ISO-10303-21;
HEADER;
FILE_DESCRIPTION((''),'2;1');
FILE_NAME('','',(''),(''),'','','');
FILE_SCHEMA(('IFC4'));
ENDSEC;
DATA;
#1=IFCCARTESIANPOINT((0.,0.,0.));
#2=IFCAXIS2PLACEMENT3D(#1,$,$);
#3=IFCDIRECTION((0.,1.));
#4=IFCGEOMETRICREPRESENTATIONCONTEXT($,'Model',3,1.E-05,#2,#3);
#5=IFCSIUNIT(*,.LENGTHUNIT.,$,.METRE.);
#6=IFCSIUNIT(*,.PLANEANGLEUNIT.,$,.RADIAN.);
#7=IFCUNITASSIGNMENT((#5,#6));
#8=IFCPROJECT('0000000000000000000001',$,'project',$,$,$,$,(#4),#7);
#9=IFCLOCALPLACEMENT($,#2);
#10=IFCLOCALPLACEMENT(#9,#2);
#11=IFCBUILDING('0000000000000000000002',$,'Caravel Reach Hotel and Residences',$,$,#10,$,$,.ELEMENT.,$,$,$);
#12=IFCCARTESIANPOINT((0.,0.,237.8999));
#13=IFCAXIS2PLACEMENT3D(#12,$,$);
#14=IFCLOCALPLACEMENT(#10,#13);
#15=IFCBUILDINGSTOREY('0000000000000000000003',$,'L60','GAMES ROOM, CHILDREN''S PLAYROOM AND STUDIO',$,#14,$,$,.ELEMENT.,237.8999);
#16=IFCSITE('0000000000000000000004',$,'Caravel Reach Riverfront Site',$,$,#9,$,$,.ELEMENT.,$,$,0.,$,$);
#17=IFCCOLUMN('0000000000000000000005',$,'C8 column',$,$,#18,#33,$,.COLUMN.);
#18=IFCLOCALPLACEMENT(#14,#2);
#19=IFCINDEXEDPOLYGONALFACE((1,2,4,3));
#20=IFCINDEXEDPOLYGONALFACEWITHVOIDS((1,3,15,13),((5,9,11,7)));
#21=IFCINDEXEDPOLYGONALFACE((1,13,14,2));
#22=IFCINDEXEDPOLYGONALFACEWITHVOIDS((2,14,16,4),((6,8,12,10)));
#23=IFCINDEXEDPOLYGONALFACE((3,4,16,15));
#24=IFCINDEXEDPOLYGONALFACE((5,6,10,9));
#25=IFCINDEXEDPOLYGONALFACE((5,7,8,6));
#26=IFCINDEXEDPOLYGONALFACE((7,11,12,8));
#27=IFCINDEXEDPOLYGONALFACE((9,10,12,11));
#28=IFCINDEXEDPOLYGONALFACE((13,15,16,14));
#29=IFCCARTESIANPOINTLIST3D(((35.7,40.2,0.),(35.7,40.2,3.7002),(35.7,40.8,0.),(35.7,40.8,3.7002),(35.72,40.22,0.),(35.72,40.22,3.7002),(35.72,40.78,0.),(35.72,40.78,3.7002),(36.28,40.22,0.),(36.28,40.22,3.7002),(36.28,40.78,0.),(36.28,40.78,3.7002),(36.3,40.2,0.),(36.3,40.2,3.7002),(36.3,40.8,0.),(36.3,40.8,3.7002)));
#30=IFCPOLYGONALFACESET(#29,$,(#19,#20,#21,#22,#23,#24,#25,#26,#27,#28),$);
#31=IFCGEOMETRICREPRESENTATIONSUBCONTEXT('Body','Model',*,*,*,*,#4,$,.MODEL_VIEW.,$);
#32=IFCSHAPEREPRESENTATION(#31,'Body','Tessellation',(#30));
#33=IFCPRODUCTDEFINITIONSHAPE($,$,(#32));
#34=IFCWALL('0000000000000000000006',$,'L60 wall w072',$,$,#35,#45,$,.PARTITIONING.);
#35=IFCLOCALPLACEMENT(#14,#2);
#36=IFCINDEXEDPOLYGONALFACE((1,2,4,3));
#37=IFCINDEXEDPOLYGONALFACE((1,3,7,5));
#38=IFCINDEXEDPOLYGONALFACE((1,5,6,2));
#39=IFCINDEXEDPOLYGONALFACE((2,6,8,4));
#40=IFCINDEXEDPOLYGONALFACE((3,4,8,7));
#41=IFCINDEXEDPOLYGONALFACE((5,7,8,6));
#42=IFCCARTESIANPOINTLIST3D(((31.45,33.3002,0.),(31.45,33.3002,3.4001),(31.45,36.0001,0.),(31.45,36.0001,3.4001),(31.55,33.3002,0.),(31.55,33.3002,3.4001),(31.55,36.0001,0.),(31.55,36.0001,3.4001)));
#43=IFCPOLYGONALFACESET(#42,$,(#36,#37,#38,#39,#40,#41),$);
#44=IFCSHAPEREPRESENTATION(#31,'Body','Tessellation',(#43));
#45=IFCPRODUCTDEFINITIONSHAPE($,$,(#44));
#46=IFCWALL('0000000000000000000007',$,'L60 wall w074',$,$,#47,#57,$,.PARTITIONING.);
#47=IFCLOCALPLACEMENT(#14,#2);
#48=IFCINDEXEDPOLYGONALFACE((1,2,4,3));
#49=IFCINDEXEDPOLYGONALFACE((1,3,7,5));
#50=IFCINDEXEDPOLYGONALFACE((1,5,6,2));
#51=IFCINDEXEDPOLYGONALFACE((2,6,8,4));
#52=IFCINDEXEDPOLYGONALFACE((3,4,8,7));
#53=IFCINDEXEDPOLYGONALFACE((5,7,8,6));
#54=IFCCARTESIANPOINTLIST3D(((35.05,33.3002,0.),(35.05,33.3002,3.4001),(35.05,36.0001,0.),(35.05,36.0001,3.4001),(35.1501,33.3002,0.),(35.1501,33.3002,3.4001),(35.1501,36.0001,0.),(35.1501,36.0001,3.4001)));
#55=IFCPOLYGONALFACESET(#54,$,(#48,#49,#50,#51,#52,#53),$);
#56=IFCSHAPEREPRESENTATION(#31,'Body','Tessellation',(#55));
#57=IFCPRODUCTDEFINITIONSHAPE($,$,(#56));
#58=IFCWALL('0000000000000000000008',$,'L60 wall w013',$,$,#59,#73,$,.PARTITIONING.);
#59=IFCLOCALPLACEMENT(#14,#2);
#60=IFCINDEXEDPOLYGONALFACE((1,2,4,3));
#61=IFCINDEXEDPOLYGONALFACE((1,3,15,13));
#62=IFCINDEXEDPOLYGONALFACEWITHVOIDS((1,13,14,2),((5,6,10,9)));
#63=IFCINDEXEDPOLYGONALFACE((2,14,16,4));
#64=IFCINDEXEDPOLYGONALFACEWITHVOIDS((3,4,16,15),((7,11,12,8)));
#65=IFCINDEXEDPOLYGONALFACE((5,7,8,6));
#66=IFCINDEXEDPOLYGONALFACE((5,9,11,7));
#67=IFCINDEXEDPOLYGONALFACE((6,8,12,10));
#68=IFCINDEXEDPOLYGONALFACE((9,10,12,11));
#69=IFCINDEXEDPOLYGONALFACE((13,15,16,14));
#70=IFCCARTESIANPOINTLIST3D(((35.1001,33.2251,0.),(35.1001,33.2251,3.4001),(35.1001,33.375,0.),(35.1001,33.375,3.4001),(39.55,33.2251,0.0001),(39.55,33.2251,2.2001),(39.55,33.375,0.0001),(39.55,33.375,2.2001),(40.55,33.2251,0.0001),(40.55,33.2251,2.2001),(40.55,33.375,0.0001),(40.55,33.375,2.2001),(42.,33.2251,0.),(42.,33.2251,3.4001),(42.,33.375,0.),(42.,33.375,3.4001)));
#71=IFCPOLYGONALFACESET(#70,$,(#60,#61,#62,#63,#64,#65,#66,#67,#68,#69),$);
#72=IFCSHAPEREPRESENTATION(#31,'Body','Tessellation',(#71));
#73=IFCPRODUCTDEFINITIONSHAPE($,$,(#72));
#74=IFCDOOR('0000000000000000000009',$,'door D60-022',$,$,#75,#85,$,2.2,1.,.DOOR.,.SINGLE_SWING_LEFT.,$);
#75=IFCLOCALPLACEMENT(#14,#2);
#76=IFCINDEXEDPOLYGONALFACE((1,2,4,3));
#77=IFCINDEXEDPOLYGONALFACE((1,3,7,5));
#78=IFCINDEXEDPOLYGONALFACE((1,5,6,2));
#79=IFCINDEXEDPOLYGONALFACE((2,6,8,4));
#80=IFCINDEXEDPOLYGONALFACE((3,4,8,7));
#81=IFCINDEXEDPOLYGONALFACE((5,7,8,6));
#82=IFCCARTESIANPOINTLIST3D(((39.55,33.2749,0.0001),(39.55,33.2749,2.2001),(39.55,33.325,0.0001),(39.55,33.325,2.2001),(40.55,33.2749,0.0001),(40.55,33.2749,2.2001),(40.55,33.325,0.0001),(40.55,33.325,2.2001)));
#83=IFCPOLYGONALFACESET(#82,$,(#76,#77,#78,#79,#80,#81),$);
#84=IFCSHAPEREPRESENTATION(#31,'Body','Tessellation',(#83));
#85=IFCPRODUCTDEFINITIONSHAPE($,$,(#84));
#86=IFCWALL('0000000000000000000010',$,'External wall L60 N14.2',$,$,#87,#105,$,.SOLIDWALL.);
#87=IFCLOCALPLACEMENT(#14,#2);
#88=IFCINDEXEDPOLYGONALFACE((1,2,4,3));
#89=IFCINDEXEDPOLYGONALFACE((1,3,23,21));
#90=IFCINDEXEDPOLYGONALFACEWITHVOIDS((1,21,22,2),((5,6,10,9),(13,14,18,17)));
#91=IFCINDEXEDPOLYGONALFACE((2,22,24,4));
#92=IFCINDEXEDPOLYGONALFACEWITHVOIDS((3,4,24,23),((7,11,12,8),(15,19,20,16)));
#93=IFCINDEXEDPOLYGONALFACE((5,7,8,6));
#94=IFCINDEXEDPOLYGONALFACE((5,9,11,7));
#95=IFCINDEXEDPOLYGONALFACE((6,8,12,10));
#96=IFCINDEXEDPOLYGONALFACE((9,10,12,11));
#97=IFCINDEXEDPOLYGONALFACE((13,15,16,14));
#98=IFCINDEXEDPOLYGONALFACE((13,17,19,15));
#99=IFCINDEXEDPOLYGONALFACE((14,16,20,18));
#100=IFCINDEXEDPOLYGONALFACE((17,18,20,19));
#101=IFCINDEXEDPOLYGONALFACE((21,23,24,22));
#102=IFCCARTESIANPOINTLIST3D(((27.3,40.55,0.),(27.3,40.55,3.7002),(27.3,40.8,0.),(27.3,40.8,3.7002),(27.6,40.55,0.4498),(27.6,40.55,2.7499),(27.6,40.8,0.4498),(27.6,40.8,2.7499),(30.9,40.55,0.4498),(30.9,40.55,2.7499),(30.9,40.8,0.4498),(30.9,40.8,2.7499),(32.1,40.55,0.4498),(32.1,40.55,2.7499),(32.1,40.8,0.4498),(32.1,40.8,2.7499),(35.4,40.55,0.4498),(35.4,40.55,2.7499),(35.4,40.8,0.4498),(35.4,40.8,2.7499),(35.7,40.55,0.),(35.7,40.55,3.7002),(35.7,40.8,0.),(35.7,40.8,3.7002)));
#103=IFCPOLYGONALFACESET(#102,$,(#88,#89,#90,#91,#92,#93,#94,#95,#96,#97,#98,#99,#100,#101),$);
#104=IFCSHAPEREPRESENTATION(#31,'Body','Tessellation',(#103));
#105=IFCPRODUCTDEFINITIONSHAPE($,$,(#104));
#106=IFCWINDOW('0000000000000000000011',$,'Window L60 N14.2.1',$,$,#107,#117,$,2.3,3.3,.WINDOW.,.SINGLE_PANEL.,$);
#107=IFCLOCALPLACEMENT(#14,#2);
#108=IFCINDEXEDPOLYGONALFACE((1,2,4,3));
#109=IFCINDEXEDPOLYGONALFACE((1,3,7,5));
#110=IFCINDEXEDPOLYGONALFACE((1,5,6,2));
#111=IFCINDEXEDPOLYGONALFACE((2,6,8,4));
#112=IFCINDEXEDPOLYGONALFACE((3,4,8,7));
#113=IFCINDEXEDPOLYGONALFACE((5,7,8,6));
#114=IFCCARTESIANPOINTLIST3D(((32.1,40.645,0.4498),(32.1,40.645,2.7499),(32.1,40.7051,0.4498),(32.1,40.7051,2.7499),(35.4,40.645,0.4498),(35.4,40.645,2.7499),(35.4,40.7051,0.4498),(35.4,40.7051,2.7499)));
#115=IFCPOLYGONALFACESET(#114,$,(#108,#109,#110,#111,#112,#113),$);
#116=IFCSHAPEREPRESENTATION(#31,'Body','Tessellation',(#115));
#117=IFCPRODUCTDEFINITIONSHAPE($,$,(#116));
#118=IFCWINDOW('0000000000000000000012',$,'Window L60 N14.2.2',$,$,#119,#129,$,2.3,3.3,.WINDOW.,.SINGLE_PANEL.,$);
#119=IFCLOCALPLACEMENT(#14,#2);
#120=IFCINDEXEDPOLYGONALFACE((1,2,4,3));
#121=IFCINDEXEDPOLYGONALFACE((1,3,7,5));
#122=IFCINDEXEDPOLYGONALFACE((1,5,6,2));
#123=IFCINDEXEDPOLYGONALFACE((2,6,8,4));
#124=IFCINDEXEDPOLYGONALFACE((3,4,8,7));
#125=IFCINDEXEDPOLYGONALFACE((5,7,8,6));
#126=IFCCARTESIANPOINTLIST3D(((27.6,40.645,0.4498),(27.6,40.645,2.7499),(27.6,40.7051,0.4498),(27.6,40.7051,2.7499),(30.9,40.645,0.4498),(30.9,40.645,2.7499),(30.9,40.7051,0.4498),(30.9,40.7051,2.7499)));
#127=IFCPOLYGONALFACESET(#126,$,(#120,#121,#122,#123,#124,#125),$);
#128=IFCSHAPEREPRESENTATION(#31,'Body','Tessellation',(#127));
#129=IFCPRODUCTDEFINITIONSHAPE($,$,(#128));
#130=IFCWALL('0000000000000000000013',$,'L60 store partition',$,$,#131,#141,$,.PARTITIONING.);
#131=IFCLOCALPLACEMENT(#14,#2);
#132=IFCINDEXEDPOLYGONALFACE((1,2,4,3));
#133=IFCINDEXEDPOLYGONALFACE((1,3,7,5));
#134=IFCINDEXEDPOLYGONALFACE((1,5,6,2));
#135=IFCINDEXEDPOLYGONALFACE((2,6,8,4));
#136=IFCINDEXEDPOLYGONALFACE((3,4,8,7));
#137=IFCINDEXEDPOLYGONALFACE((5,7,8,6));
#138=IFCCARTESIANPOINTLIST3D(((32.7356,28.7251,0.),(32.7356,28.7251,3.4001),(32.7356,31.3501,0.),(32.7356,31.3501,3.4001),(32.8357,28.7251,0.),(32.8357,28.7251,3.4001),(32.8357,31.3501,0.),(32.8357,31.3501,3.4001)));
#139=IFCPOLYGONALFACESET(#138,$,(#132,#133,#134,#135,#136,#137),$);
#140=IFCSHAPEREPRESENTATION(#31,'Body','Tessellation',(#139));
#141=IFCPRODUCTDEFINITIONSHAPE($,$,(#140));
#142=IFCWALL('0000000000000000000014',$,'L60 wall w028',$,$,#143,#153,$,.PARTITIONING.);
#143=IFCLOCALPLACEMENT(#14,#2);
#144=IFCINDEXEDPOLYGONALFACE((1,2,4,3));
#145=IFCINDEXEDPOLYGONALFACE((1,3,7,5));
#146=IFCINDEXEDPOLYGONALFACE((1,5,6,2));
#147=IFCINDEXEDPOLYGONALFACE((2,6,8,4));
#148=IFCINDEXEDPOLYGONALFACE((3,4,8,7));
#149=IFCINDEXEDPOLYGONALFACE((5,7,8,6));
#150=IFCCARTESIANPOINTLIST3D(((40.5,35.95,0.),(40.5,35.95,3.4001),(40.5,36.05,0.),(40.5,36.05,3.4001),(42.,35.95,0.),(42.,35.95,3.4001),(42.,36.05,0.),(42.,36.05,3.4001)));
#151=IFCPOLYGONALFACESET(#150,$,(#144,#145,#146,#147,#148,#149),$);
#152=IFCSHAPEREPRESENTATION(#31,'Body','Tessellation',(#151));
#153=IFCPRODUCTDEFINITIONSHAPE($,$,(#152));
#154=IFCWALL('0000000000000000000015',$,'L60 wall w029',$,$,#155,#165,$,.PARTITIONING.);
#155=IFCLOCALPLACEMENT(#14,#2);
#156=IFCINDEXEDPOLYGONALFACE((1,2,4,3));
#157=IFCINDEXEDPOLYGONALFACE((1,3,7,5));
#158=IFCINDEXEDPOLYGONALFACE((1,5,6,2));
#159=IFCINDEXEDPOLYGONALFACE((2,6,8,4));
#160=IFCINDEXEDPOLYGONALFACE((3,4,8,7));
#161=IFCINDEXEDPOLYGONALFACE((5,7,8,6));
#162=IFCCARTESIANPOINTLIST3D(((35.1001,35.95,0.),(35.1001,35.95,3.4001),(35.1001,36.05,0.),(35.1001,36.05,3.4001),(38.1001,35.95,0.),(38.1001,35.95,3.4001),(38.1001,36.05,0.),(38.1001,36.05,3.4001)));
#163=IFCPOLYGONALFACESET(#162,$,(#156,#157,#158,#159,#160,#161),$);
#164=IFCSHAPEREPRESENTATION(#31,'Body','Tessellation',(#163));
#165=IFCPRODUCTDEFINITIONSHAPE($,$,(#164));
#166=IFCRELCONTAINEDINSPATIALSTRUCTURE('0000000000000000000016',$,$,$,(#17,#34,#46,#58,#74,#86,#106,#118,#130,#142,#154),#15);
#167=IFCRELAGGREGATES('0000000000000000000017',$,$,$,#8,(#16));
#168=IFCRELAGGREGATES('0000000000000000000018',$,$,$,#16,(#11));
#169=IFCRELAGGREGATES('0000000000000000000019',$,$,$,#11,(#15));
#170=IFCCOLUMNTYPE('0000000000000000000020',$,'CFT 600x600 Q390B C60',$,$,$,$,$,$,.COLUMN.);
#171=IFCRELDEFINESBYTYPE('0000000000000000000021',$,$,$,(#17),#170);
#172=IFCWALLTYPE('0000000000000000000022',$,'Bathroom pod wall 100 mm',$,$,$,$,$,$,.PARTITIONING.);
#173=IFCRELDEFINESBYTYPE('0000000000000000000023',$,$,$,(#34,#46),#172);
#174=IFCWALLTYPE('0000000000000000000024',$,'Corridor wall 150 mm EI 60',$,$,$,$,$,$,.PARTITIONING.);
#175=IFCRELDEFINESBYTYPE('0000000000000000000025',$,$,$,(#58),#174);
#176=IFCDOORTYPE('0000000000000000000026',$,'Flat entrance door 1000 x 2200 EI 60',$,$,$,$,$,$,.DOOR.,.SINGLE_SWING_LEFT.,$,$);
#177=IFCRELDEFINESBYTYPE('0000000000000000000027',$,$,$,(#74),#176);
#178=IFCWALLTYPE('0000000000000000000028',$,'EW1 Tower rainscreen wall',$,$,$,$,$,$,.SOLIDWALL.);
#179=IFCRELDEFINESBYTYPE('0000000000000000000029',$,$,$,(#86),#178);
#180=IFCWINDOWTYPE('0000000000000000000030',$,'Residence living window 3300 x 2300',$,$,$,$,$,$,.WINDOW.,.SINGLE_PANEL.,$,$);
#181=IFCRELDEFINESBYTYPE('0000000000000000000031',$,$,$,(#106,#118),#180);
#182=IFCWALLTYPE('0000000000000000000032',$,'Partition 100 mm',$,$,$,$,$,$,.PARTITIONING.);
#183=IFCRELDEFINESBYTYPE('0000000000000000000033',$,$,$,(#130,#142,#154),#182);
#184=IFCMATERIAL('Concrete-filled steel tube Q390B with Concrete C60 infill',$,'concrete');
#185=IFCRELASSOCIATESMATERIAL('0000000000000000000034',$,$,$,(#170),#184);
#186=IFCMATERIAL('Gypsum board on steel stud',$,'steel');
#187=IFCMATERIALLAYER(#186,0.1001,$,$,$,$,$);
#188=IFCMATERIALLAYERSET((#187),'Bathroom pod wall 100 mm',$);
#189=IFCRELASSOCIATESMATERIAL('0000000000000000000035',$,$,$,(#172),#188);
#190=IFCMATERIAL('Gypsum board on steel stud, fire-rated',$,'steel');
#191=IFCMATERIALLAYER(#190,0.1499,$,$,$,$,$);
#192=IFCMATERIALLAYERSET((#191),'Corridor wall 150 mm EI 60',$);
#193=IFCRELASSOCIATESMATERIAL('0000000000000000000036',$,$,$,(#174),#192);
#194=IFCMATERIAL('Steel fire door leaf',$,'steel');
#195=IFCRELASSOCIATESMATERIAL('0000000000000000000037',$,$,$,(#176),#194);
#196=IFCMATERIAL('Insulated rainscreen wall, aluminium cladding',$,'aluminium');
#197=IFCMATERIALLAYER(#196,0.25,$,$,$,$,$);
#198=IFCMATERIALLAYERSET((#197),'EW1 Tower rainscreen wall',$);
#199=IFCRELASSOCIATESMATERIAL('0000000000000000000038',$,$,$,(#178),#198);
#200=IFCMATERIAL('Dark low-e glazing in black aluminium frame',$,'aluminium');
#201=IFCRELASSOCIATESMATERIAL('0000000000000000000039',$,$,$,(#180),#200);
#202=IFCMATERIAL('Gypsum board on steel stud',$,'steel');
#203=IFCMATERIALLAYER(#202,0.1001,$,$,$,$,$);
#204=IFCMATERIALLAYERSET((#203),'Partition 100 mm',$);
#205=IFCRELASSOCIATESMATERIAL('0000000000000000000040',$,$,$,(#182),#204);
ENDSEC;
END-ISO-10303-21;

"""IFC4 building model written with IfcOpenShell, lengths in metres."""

from ifc_helpers import new_model, si_unit, direction, frame, frame_2d, origin, origin_2d, place, context, subcontext, project, spatial, rectangle, hollow_rectangle, extrude, material, layer, layer_set, material_profile, profile_set, type_object, element, fill, save


model = new_model("IFC4")

# Units and contexts
model_context = context("Model", 3, precision=1e-05, world=origin(), true_north=direction((0.0, 1.0)))
body_context = subcontext(model_context, "Body", "Model", "MODEL_VIEW")
ifc_project = project(units=[si_unit("LENGTHUNIT", "METRE"), si_unit("PLANEANGLEUNIT", "RADIAN")], contexts=[model_context])

# Site, building, storey
site_placement = place(None, origin())
site = spatial("IfcSite", under=ifc_project, at=site_placement, Name="Caravel Reach Riverfront Site", CompositionType="ELEMENT", RefElevation=0.0)
building_placement = place(site_placement, origin())
building = spatial("IfcBuilding", under=site, at=building_placement, Name="Caravel Reach Hotel and Residences", CompositionType="ELEMENT")
storey_placement = place(building_placement, frame((0.0, 0.0, 237.8999)))
storey = spatial("IfcBuildingStorey", under=building, at=storey_placement, Name="L60", Description="GAMES ROOM, CHILDREN'S PLAYROOM AND STUDIO", CompositionType="ELEMENT", Elevation=237.8999)

# Column
ifc_material_1 = material(Name="Concrete-filled steel tube Q390B with Concrete C60 infill", Category="concrete")
ifc_material_profile = material_profile(ifc_material_1, hollow_rectangle(XDim=0.6001, YDim=0.6001, WallThickness=0.02, at=origin_2d()), Name="RHS 600x600x20")
ifc_profile_set = profile_set([ifc_material_profile], Name="Concrete-filled steel tube Q390B with Concrete C60 infill")
column_type = type_object("IfcColumnType", Name="CFT 600x600 Q390B C60", PredefinedType="COLUMN", material=ifc_profile_set)
column_placement = place(storey_placement, frame((36.0, 40.5, 0.0), z_axis=(0.0, 0.0, 1.0), x_axis=(1.0, 0.0, 0.0)))
element("IfcColumn", 1, at=column_placement, inside=storey, type_object=column_type, Name="C8 column", PredefinedType="COLUMN", context=body_context, shape_type="SweptSolid", body=[
    extrude(hollow_rectangle(XDim=0.6001, YDim=0.6001, WallThickness=0.02, at=origin_2d()), origin(), (0.0, 0.0, 1.0), 3.7002),
])

# Walls
ifc_material_2 = material(Name="Gypsum board on steel stud", Category="steel")
ifc_layer_1 = layer(ifc_material_2, 0.1001)
ifc_layer_set_1 = layer_set([ifc_layer_1], Name="Bathroom pod wall 100 mm")
wall_type_1 = type_object("IfcWallType", Name="Bathroom pod wall 100 mm", PredefinedType="PARTITIONING", material=ifc_layer_set_1)
for number, where, z_axis, x_axis, name in (
    (2, (31.5, 33.3, 0.0), (0.0, 0.0, 1.0), (0.0, 1.0, 0.0), "L60 wall w072"),
    (3, (35.1001, 33.3, 0.0), (0.0, 0.0, 1.0), (0.0, 1.0, 0.0), "L60 wall w074"),
):
    element("IfcWall", number, at=place(storey_placement, frame(where, z_axis=z_axis, x_axis=x_axis)), inside=storey, type_object=wall_type_1, Name=name, PredefinedType="PARTITIONING", context=body_context, shape_type="SweptSolid", body=[
        extrude(rectangle(XDim=2.7, YDim=0.1001, at=frame_2d((1.3501, 0.0))), origin(), (0.0, 0.0, 1.0), 3.4001),
    ])

# Wall, opening, door
ifc_material_3 = material(Name="Gypsum board on steel stud, fire-rated", Category="steel")
ifc_layer_2 = layer(ifc_material_3, 0.1499)
ifc_layer_set_2 = layer_set([ifc_layer_2], Name="Corridor wall 150 mm EI 60")
wall_type_2 = type_object("IfcWallType", Name="Corridor wall 150 mm EI 60", PredefinedType="PARTITIONING", material=ifc_layer_set_2)
wall_1_placement = place(storey_placement, frame((35.1001, 33.3, 0.0), z_axis=(0.0, 0.0, 1.0), x_axis=(1.0, 0.0, 0.0)))
wall_1 = element("IfcWall", 4, at=wall_1_placement, inside=storey, type_object=wall_type_2, Name="L60 wall w013", PredefinedType="PARTITIONING", context=body_context, shape_type="SweptSolid", body=[
    extrude(rectangle(XDim=6.8999, YDim=0.1499, at=frame_2d((3.45, 0.0))), origin(), (0.0, 0.0, 1.0), 3.4001),
])
opening_1_placement = place(wall_1_placement, frame((4.45, 0.0, 0.0)))
opening_1 = element("IfcOpeningElement", 5, at=opening_1_placement, cuts=wall_1, PredefinedType="OPENING", context=body_context, shape_type="SweptSolid", body=[
    extrude(rectangle(XDim=1.0, YDim=2.2, at=frame_2d((0.5, 1.1001))), frame((0.0, 0.085, 0.0), z_axis=(0.0, -1.0, 0.0), x_axis=(1.0, 0.0, 0.0)), (0.0, 0.0, 1.0), 0.1699),
])
ifc_material_4 = material(Name="Steel fire door leaf", Category="steel")
door_type_1 = type_object("IfcDoorType", Name="Flat entrance door 1000 x 2200 EI 60", OperationType="SINGLE_SWING_LEFT", PredefinedType="DOOR", material=ifc_material_4)
door_1_placement = place(opening_1_placement, origin())
door_1 = element("IfcDoor", 6, at=door_1_placement, inside=storey, type_object=door_type_1, Name="door D60-022", OperationType="SINGLE_SWING_LEFT", OverallHeight=2.2, OverallWidth=1.0, PredefinedType="DOOR", context=body_context, shape_type="SweptSolid", body=[
    extrude(rectangle(XDim=1.0, YDim=2.2, at=frame_2d((0.5, 1.1001))), frame((0.0, 0.0249, 0.0), z_axis=(0.0, -1.0, 0.0), x_axis=(1.0, 0.0, 0.0)), (0.0, 0.0, 1.0), 0.05),
])
fill(opening_1, door_1)

# Wall, openings, windows
ifc_material_5 = material(Name="Insulated rainscreen wall, aluminium cladding", Category="aluminium")
ifc_layer_3 = layer(ifc_material_5, 0.25)
ifc_layer_set_3 = layer_set([ifc_layer_3], Name="EW1 Tower rainscreen wall")
wall_type_3 = type_object("IfcWallType", Name="EW1 Tower rainscreen wall", PredefinedType="SOLIDWALL", material=ifc_layer_set_3)
wall_2_placement = place(storey_placement, frame((35.7, 40.675, 0.0), z_axis=(0.0, 0.0, 1.0), x_axis=(-1.0, 0.0, 0.0)))
wall_2 = element("IfcWall", 7, at=wall_2_placement, inside=storey, type_object=wall_type_3, Name="External wall L60 N14.2", PredefinedType="SOLIDWALL", context=body_context, shape_type="SweptSolid", body=[
    extrude(rectangle(XDim=8.3999, YDim=0.25, at=frame_2d((4.2, 0.0))), origin(), (0.0, 0.0, 1.0), 3.7002),
])
opening_2_placement = place(wall_2_placement, frame((0.3, 0.0, 0.45)))
opening_2 = element("IfcOpeningElement", 8, at=opening_2_placement, cuts=wall_2, PredefinedType="OPENING", context=body_context, shape_type="SweptSolid", body=[
    extrude(rectangle(XDim=3.3, YDim=2.3, at=frame_2d((1.6499, 1.1499))), frame((0.0, 0.135, 0.0), z_axis=(0.0, -1.0, 0.0), x_axis=(1.0, 0.0, 0.0)), (0.0, 0.0, 1.0), 0.27),
])
opening_3_placement = place(wall_2_placement, frame((4.8, 0.0, 0.45)))
opening_3 = element("IfcOpeningElement", 9, at=opening_3_placement, cuts=wall_2, PredefinedType="OPENING", context=body_context, shape_type="SweptSolid", body=[
    extrude(rectangle(XDim=3.3, YDim=2.3, at=frame_2d((1.6499, 1.1499))), frame((0.0, 0.135, 0.0), z_axis=(0.0, -1.0, 0.0), x_axis=(1.0, 0.0, 0.0)), (0.0, 0.0, 1.0), 0.27),
])
ifc_material_6 = material(Name="Dark low-e glazing in black aluminium frame", Category="aluminium")
window_type = type_object("IfcWindowType", Name="Residence living window 3300 x 2300", PartitioningType="SINGLE_PANEL", PredefinedType="WINDOW", material=ifc_material_6)
window_1_placement = place(opening_2_placement, origin())
window_1 = element("IfcWindow", 10, at=window_1_placement, inside=storey, type_object=window_type, Name="Window L60 N14.2.1", OverallHeight=2.3, OverallWidth=3.3, PartitioningType="SINGLE_PANEL", PredefinedType="WINDOW", context=body_context, shape_type="SweptSolid", body=[
    extrude(rectangle(XDim=3.3, YDim=2.3, at=frame_2d((1.6499, 1.1499))), frame((0.0, 0.03, 0.0), z_axis=(0.0, -1.0, 0.0), x_axis=(1.0, 0.0, 0.0)), (0.0, 0.0, 1.0), 0.0601),
])
fill(opening_2, window_1)
window_2_placement = place(opening_3_placement, origin())
window_2 = element("IfcWindow", 11, at=window_2_placement, inside=storey, type_object=window_type, Name="Window L60 N14.2.2", OverallHeight=2.3, OverallWidth=3.3, PartitioningType="SINGLE_PANEL", PredefinedType="WINDOW", context=body_context, shape_type="SweptSolid", body=[
    extrude(rectangle(XDim=3.3, YDim=2.3, at=frame_2d((1.6499, 1.1499))), frame((0.0, 0.03, 0.0), z_axis=(0.0, -1.0, 0.0), x_axis=(1.0, 0.0, 0.0)), (0.0, 0.0, 1.0), 0.0601),
])
fill(opening_3, window_2)

# Walls
ifc_material_7 = material(Name="Gypsum board on steel stud", Category="steel")
ifc_layer_4 = layer(ifc_material_7, 0.1001)
ifc_layer_set_4 = layer_set([ifc_layer_4], Name="Partition 100 mm")
wall_type_4 = type_object("IfcWallType", Name="Partition 100 mm", PredefinedType="PARTITIONING", material=ifc_layer_set_4)
wall_3_placement = place(storey_placement, frame((32.7856, 28.7251, 0.0), z_axis=(0.0, 0.0, 1.0), x_axis=(0.0, 1.0, 0.0)))
element("IfcWall", 12, at=wall_3_placement, inside=storey, type_object=wall_type_4, Name="L60 store partition", PredefinedType="PARTITIONING", context=body_context, shape_type="SweptSolid", body=[
    extrude(rectangle(XDim=2.625, YDim=0.1001, at=frame_2d((1.3125, 0.0))), origin(), (0.0, 0.0, 1.0), 3.4001),
])
wall_4_placement = place(storey_placement, frame((40.5, 36.0, 0.0), z_axis=(0.0, 0.0, 1.0), x_axis=(1.0, 0.0, 0.0)))
element("IfcWall", 13, at=wall_4_placement, inside=storey, type_object=wall_type_4, Name="L60 wall w028", PredefinedType="PARTITIONING", context=body_context, shape_type="SweptSolid", body=[
    extrude(rectangle(XDim=1.5, YDim=0.1001, at=frame_2d((0.75, 0.0))), origin(), (0.0, 0.0, 1.0), 3.4001),
])
wall_5_placement = place(storey_placement, frame((35.1001, 36.0, 0.0), z_axis=(0.0, 0.0, 1.0), x_axis=(1.0, 0.0, 0.0)))
element("IfcWall", 14, at=wall_5_placement, inside=storey, type_object=wall_type_4, Name="L60 wall w029", PredefinedType="PARTITIONING", context=body_context, shape_type="SweptSolid", body=[
    extrude(rectangle(XDim=3.0, YDim=0.1001, at=frame_2d((1.5, 0.0))), origin(), (0.0, 0.0, 1.0), 3.4001),
])

save(model, "model.ifc")
